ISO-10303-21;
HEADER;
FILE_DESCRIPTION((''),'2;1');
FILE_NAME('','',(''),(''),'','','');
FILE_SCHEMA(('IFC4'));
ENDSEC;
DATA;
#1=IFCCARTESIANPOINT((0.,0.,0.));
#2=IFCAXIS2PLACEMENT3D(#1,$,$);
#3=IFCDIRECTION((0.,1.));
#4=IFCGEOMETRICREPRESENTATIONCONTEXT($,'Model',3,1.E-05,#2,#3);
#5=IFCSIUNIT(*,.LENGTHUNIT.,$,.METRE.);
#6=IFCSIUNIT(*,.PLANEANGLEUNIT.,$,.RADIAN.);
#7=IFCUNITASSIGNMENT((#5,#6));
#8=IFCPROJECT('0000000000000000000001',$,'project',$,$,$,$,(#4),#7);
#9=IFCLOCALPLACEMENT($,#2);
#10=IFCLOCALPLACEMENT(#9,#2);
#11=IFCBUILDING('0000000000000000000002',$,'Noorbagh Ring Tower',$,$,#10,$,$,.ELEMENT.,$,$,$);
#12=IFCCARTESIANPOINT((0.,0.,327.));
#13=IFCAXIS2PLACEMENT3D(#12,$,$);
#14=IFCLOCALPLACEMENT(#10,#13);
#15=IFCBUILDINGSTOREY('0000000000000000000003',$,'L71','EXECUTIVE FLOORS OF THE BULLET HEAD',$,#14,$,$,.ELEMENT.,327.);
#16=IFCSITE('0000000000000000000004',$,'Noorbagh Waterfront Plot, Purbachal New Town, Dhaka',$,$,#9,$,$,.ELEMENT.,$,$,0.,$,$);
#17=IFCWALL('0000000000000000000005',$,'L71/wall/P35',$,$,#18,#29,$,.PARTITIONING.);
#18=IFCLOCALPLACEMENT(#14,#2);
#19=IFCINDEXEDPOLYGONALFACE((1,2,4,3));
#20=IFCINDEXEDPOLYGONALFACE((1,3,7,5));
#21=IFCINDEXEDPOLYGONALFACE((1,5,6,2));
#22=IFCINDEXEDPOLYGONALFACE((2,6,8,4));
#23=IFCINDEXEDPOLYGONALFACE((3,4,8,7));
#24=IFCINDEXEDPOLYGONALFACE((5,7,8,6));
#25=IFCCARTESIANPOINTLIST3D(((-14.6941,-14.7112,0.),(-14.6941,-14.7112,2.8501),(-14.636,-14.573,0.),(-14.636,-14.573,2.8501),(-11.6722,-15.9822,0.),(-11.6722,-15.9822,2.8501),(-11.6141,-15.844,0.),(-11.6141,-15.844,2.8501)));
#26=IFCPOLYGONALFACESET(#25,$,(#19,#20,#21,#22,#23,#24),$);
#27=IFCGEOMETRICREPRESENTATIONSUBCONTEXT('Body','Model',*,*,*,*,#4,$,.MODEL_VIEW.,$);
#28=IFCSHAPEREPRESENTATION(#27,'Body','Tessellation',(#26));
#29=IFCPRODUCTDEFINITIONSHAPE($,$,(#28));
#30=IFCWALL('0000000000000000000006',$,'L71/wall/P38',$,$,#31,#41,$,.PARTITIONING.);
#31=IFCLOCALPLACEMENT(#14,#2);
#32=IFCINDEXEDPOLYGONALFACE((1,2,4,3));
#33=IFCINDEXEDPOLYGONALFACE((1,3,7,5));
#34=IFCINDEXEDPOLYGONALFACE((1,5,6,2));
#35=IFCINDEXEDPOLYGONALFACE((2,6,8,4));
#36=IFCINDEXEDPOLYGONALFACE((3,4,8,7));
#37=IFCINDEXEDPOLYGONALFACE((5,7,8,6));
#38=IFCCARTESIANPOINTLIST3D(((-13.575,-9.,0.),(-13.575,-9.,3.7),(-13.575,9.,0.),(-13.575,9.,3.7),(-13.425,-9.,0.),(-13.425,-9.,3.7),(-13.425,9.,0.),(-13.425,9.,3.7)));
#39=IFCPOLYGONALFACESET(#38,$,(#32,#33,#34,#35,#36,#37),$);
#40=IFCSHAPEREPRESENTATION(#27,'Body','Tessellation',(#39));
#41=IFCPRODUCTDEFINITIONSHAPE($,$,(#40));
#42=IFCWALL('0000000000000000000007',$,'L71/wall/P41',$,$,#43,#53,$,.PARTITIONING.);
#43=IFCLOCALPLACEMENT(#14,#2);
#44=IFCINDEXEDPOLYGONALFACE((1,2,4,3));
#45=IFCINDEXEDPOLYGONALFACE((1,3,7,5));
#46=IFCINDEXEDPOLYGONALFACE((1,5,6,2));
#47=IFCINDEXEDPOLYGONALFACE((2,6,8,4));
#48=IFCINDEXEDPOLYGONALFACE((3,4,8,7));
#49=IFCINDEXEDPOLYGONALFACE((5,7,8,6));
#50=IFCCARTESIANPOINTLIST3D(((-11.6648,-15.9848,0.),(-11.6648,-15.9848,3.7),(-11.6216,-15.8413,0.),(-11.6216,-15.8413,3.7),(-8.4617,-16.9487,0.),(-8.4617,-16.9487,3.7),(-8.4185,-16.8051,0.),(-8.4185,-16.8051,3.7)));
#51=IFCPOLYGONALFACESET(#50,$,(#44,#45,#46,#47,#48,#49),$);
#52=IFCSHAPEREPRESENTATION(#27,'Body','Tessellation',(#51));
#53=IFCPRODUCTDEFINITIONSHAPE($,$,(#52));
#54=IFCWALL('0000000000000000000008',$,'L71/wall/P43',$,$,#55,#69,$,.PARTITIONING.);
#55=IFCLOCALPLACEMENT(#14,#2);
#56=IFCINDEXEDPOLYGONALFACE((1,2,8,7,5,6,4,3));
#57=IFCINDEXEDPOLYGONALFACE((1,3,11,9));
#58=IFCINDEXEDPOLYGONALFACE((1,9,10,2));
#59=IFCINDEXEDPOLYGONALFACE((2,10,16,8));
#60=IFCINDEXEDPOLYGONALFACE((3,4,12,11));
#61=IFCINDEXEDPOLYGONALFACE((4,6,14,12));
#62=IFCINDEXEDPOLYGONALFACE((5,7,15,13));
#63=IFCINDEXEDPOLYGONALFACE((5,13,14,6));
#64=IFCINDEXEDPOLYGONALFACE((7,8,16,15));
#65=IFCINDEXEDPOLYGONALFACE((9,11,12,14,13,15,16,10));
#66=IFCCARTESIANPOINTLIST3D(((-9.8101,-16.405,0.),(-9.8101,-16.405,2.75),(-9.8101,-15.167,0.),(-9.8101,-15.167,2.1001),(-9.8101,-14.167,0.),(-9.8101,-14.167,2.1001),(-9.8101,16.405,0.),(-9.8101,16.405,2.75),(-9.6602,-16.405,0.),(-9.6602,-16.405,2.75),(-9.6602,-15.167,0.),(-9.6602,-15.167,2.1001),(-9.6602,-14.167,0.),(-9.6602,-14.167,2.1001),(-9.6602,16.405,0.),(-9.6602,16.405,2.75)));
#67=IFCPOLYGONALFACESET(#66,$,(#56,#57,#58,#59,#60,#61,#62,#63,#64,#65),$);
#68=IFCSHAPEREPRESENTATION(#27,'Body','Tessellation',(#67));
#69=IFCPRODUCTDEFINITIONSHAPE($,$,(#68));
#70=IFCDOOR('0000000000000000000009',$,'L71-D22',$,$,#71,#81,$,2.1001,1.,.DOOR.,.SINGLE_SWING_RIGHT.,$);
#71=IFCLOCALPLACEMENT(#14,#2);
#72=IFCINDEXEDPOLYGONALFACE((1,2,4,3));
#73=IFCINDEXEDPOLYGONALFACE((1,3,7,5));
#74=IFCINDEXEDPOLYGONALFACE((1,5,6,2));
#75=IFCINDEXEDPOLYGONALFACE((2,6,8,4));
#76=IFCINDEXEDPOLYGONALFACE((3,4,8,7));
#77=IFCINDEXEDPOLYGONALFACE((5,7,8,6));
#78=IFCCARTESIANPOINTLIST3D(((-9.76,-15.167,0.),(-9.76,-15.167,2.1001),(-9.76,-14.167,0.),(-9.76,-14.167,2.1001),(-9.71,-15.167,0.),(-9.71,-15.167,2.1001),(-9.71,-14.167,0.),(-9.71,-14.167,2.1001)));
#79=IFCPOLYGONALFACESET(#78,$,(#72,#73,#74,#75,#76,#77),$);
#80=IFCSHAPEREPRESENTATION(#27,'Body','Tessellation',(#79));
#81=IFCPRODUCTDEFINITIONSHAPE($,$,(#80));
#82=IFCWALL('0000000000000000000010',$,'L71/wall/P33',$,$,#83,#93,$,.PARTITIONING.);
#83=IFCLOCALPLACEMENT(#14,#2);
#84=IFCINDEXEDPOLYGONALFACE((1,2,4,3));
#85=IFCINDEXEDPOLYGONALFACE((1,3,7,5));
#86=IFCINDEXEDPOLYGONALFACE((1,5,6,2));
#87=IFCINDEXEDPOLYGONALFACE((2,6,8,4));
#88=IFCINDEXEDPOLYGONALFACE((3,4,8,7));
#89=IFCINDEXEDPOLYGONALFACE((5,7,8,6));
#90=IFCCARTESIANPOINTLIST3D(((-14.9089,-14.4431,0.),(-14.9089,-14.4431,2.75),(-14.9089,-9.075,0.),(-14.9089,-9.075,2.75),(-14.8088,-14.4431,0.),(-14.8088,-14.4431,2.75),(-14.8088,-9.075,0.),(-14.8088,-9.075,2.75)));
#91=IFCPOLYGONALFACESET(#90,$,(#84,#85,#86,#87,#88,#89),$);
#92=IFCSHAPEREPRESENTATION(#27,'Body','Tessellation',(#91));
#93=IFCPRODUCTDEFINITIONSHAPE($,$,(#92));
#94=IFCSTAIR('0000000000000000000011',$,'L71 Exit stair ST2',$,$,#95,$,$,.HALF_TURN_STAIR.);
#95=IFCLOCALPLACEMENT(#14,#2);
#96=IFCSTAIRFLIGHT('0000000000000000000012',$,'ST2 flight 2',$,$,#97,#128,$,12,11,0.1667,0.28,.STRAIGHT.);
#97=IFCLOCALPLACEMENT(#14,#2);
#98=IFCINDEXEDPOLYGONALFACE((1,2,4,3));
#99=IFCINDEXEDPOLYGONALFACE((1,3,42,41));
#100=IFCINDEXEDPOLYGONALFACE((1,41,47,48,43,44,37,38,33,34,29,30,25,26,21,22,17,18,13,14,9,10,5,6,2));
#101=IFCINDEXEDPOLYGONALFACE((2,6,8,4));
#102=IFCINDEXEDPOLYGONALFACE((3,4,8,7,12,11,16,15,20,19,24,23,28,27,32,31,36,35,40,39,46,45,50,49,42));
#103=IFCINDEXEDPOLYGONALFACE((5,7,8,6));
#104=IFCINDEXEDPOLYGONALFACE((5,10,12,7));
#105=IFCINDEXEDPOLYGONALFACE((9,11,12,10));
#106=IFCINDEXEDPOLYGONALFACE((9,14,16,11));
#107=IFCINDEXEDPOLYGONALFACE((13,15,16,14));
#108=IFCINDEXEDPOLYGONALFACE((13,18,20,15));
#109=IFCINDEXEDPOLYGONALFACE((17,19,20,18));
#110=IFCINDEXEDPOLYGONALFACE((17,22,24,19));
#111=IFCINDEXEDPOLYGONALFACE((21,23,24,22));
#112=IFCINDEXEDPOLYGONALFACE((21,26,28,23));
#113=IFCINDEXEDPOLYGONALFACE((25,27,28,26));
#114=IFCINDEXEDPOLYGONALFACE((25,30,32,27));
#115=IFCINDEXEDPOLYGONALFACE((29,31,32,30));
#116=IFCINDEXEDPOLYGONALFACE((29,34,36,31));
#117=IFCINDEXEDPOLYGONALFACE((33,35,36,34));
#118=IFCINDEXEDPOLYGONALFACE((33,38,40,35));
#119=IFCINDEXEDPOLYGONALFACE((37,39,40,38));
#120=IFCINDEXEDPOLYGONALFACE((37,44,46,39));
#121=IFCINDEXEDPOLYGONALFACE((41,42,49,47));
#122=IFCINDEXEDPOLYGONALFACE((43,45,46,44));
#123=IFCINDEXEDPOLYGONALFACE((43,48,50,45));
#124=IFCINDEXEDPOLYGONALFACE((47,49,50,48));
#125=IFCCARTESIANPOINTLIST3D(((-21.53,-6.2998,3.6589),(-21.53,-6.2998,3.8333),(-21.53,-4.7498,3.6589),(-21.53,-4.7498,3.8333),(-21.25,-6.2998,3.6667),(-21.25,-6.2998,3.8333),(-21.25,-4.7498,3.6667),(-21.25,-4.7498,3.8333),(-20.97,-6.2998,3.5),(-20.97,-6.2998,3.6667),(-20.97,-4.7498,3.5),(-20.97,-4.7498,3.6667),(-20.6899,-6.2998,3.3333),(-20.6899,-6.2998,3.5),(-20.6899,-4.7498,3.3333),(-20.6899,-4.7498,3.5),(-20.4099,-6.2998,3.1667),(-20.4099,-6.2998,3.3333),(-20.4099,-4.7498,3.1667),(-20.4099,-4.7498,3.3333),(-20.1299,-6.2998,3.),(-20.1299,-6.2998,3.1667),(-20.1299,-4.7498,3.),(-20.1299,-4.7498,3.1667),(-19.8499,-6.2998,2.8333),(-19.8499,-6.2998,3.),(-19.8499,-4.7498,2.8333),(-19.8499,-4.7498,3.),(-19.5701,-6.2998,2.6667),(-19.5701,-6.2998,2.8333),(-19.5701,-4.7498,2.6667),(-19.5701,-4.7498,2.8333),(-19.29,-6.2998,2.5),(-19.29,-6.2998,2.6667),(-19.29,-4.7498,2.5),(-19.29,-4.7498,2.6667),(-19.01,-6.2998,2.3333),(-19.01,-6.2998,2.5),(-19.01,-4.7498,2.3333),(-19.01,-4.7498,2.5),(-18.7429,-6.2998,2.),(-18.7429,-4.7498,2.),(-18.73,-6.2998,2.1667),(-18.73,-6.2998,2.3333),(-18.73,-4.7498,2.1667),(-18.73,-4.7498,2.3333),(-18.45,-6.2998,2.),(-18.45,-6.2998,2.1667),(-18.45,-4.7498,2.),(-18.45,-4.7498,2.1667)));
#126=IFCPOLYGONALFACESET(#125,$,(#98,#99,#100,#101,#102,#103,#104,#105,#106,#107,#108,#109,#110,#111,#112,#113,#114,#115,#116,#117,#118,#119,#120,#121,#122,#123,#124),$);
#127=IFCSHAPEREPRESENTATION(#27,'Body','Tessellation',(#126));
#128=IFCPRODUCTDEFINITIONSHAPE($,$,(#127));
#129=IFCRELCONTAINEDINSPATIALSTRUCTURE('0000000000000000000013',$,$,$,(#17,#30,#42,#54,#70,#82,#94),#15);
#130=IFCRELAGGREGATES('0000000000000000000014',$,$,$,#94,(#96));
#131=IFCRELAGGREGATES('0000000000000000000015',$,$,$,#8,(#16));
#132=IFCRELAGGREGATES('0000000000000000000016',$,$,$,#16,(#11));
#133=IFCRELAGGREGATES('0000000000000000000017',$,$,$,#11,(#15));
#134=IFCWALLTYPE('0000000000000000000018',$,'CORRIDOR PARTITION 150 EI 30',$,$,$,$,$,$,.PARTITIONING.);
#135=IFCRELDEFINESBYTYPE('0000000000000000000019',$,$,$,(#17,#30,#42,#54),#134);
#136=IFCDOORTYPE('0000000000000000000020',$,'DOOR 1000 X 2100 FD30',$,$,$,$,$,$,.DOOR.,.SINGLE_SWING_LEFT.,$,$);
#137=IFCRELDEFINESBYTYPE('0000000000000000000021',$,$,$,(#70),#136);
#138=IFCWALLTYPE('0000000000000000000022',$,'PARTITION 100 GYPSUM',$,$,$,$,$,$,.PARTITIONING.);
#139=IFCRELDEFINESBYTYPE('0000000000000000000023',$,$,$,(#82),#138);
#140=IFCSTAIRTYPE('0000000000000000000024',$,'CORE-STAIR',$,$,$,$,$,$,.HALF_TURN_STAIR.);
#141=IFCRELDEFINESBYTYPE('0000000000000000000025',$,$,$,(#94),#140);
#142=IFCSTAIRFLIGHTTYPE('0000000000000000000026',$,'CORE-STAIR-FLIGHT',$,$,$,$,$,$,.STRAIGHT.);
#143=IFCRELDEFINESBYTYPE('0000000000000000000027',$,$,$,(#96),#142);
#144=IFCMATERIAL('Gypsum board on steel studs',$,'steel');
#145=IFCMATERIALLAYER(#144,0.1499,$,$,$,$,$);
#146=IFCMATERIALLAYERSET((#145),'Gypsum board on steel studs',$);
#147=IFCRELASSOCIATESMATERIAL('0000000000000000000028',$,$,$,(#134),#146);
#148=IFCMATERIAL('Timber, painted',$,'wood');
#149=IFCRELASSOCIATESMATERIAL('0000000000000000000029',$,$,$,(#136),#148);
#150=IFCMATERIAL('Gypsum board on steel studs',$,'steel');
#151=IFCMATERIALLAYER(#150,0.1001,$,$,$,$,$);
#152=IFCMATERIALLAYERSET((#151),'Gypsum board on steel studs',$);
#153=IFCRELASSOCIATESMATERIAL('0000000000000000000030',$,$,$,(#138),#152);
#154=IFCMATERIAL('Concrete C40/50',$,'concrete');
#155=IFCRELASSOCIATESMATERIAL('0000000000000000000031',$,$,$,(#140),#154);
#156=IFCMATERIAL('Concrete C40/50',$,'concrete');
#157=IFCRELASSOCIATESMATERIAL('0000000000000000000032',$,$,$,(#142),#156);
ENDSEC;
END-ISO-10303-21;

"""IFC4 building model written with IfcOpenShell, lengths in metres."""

from ifc_helpers import new_model, si_unit, direction, frame, frame_2d, origin, place, context, subcontext, project, spatial, polyline, rectangle, outline, extrude, material, layer, layer_set, type_object, element, fill, aggregate, save


model = new_model("IFC4")

# Units and contexts
model_context = context("Model", 3, precision=1e-05, world=origin(), true_north=direction((0.0, 1.0)))
body_context = subcontext(model_context, "Body", "Model", "MODEL_VIEW")
ifc_project = project(units=[si_unit("LENGTHUNIT", "METRE"), si_unit("PLANEANGLEUNIT", "RADIAN")], contexts=[model_context])

# Site, building, storey
site_placement = place(None, origin())
site = spatial("IfcSite", under=ifc_project, at=site_placement, Name="Noorbagh Waterfront Plot, Purbachal New Town, Dhaka", CompositionType="ELEMENT", RefElevation=0.0)
building_placement = place(site_placement, origin())
building = spatial("IfcBuilding", under=site, at=building_placement, Name="Noorbagh Ring Tower", CompositionType="ELEMENT")
storey_placement = place(building_placement, frame((0.0, 0.0, 327.0)))
storey = spatial("IfcBuildingStorey", under=building, at=storey_placement, Name="L71", Description="EXECUTIVE FLOORS OF THE BULLET HEAD", CompositionType="ELEMENT", Elevation=327.0)

# Walls
ifc_material_1 = material(Name="Gypsum board on steel studs", Category="steel")
ifc_layer_1 = layer(ifc_material_1, 0.1499)
ifc_layer_set_1 = layer_set([ifc_layer_1], Name="Gypsum board on steel studs")
wall_type_1 = type_object("IfcWallType", Name="CORRIDOR PARTITION 150 EI 30", PredefinedType="PARTITIONING", material=ifc_layer_set_1)
wall_1_placement = place(storey_placement, frame((-14.665, -14.6421, 0.0), z_axis=(0.0, 0.0, 1.0), x_axis=(0.921789, -0.387691, 0.0)))
element("IfcWall", 1, at=wall_1_placement, inside=storey, type_object=wall_type_1, Name="L71/wall/P35", PredefinedType="PARTITIONING", context=body_context, shape_type="SweptSolid", body=[
    extrude(rectangle(XDim=3.2783, YDim=0.1499, at=frame_2d((1.6392, 0.0))), origin(), (0.0, 0.0, 1.0), 2.8501),
])
wall_2_placement = place(storey_placement, frame((-13.5, -9.0, 0.0), z_axis=(0.0, 0.0, 1.0), x_axis=(0.0, 1.0, 0.0)))
element("IfcWall", 2, at=wall_2_placement, inside=storey, type_object=wall_type_1, Name="L71/wall/P38", PredefinedType="PARTITIONING", context=body_context, shape_type="SweptSolid", body=[
    extrude(rectangle(XDim=18.0, YDim=0.1499, at=frame_2d((9.0, 0.0))), origin(), (0.0, 0.0, 1.0), 3.7),
])
wall_3_placement = place(storey_placement, frame((-11.6431, -15.9131, 0.0), z_axis=(0.0, 0.0, 1.0), x_axis=(0.957585, -0.288151, 0.0)))
element("IfcWall", 3, at=wall_3_placement, inside=storey, type_object=wall_type_1, Name="L71/wall/P41", PredefinedType="PARTITIONING", context=body_context, shape_type="SweptSolid", body=[
    extrude(rectangle(XDim=3.345, YDim=0.1499, at=frame_2d((1.6724, 0.0))), origin(), (0.0, 0.0, 1.0), 3.7),
])

# Wall, opening, door
wall_4_placement = place(storey_placement, frame((-9.7351, -16.405, 0.0), z_axis=(0.0, 0.0, 1.0), x_axis=(0.0, 1.0, 0.0)))
wall_4 = element("IfcWall", 4, at=wall_4_placement, inside=storey, type_object=wall_type_1, Name="L71/wall/P43", PredefinedType="PARTITIONING", context=body_context, shape_type="SweptSolid", body=[
    extrude(rectangle(XDim=32.8101, YDim=0.1499, at=frame_2d((16.405, 0.0))), origin(), (0.0, 0.0, 1.0), 2.75),
])
opening_1_placement = place(wall_4_placement, frame((1.238, 0.0, 0.0)))
opening_1 = element("IfcOpeningElement", 5, at=opening_1_placement, cuts=wall_4, PredefinedType="OPENING", context=body_context, shape_type="SweptSolid", body=[
    extrude(rectangle(XDim=1.0, YDim=2.1001, at=frame_2d((0.5, 1.05))), frame((0.0, 0.085, 0.0), z_axis=(0.0, -1.0, 0.0), x_axis=(1.0, 0.0, 0.0)), (0.0, 0.0, 1.0), 0.1699),
])
ifc_material_2 = material(Name="Timber, painted", Category="wood")
door_type_1 = type_object("IfcDoorType", Name="DOOR 1000 X 2100 FD30", OperationType="SINGLE_SWING_LEFT", PredefinedType="DOOR", material=ifc_material_2)
door_1_placement = place(opening_1_placement, origin())
door_1 = element("IfcDoor", 6, at=door_1_placement, inside=storey, type_object=door_type_1, Name="L71-D22", OperationType="SINGLE_SWING_RIGHT", OverallHeight=2.1001, OverallWidth=1.0, PredefinedType="DOOR", context=body_context, shape_type="SweptSolid", body=[
    extrude(rectangle(XDim=1.0, YDim=2.1001, at=frame_2d((0.5, 1.05))), frame((0.0, 0.0249, 0.0), z_axis=(0.0, -1.0, 0.0), x_axis=(1.0, 0.0, 0.0)), (0.0, 0.0, 1.0), 0.05),
])
fill(opening_1, door_1)

# Wall
ifc_material_3 = material(Name="Gypsum board on steel studs", Category="steel")
ifc_layer_2 = layer(ifc_material_3, 0.1001)
ifc_layer_set_2 = layer_set([ifc_layer_2], Name="Gypsum board on steel studs")
wall_type_2 = type_object("IfcWallType", Name="PARTITION 100 GYPSUM", PredefinedType="PARTITIONING", material=ifc_layer_set_2)
wall_5_placement = place(storey_placement, frame((-14.8589, -14.4431, 0.0), z_axis=(0.0, 0.0, 1.0), x_axis=(0.0, 1.0, 0.0)))
element("IfcWall", 7, at=wall_5_placement, inside=storey, type_object=wall_type_2, Name="L71/wall/P33", PredefinedType="PARTITIONING", context=body_context, shape_type="SweptSolid", body=[
    extrude(rectangle(XDim=5.3682, YDim=0.1001, at=frame_2d((2.6841, 0.0))), origin(), (0.0, 0.0, 1.0), 2.75),
])

# Stair, stair flight
ifc_material_4 = material(Name="Concrete C40/50", Category="concrete")
stair_type = type_object("IfcStairType", Name="CORE-STAIR", PredefinedType="HALF_TURN_STAIR", material=ifc_material_4)
stair_placement = place(storey_placement, origin())
stair = element("IfcStair", 8, at=stair_placement, inside=storey, type_object=stair_type, Name="L71 Exit stair ST2", PredefinedType="HALF_TURN_STAIR")
ifc_material_5 = material(Name="Concrete C40/50", Category="concrete")
stair_flight_type = type_object("IfcStairFlightType", Name="CORE-STAIR-FLIGHT", PredefinedType="STRAIGHT", material=ifc_material_5)
stair_flight_placement = place(storey_placement, frame((-18.45, -5.5249, 2.0), z_axis=(0.0, 0.0, 1.0), x_axis=(-1.0, 0.0, 0.0)))
stair_flight = element("IfcStairFlight", 9, at=stair_flight_placement, type_object=stair_flight_type, Name="ST2 flight 2", NumberOfRisers=12, NumberOfTreads=11, PredefinedType="STRAIGHT", RiserHeight=0.1667, TreadLength=0.28, context=body_context, shape_type="SweptSolid", body=[
    extrude(outline(polyline([(0.0, 0.0), (0.0, 0.1667), (0.28, 0.1667), (0.28, 0.3333), (0.5601, 0.3333), (0.5601, 0.5), (0.8401, 0.5), (0.8401, 0.6667), (1.1201, 0.6667), (1.1201, 0.8333), (1.3999, 0.8333), (1.3999, 1.0), (1.6799, 1.0), (1.6799, 1.1667), (1.96, 1.1667), (1.96, 1.3333), (2.24, 1.3333), (2.24, 1.5), (2.52, 1.5), (2.52, 1.6667), (2.8, 1.6667), (2.8, 1.8333), (3.0801, 1.8333), (3.0801, 2.0), (3.0801, 1.6589), (0.293, 0.0), (0.0, 0.0)])), frame((0.0, 0.7749, 0.0), z_axis=(0.0, -1.0, 0.0), x_axis=(1.0, 0.0, 0.0)), (0.0, 0.0, 1.0), 1.55),
])
aggregate(stair, [stair_flight])

save(model, "model.ifc")
